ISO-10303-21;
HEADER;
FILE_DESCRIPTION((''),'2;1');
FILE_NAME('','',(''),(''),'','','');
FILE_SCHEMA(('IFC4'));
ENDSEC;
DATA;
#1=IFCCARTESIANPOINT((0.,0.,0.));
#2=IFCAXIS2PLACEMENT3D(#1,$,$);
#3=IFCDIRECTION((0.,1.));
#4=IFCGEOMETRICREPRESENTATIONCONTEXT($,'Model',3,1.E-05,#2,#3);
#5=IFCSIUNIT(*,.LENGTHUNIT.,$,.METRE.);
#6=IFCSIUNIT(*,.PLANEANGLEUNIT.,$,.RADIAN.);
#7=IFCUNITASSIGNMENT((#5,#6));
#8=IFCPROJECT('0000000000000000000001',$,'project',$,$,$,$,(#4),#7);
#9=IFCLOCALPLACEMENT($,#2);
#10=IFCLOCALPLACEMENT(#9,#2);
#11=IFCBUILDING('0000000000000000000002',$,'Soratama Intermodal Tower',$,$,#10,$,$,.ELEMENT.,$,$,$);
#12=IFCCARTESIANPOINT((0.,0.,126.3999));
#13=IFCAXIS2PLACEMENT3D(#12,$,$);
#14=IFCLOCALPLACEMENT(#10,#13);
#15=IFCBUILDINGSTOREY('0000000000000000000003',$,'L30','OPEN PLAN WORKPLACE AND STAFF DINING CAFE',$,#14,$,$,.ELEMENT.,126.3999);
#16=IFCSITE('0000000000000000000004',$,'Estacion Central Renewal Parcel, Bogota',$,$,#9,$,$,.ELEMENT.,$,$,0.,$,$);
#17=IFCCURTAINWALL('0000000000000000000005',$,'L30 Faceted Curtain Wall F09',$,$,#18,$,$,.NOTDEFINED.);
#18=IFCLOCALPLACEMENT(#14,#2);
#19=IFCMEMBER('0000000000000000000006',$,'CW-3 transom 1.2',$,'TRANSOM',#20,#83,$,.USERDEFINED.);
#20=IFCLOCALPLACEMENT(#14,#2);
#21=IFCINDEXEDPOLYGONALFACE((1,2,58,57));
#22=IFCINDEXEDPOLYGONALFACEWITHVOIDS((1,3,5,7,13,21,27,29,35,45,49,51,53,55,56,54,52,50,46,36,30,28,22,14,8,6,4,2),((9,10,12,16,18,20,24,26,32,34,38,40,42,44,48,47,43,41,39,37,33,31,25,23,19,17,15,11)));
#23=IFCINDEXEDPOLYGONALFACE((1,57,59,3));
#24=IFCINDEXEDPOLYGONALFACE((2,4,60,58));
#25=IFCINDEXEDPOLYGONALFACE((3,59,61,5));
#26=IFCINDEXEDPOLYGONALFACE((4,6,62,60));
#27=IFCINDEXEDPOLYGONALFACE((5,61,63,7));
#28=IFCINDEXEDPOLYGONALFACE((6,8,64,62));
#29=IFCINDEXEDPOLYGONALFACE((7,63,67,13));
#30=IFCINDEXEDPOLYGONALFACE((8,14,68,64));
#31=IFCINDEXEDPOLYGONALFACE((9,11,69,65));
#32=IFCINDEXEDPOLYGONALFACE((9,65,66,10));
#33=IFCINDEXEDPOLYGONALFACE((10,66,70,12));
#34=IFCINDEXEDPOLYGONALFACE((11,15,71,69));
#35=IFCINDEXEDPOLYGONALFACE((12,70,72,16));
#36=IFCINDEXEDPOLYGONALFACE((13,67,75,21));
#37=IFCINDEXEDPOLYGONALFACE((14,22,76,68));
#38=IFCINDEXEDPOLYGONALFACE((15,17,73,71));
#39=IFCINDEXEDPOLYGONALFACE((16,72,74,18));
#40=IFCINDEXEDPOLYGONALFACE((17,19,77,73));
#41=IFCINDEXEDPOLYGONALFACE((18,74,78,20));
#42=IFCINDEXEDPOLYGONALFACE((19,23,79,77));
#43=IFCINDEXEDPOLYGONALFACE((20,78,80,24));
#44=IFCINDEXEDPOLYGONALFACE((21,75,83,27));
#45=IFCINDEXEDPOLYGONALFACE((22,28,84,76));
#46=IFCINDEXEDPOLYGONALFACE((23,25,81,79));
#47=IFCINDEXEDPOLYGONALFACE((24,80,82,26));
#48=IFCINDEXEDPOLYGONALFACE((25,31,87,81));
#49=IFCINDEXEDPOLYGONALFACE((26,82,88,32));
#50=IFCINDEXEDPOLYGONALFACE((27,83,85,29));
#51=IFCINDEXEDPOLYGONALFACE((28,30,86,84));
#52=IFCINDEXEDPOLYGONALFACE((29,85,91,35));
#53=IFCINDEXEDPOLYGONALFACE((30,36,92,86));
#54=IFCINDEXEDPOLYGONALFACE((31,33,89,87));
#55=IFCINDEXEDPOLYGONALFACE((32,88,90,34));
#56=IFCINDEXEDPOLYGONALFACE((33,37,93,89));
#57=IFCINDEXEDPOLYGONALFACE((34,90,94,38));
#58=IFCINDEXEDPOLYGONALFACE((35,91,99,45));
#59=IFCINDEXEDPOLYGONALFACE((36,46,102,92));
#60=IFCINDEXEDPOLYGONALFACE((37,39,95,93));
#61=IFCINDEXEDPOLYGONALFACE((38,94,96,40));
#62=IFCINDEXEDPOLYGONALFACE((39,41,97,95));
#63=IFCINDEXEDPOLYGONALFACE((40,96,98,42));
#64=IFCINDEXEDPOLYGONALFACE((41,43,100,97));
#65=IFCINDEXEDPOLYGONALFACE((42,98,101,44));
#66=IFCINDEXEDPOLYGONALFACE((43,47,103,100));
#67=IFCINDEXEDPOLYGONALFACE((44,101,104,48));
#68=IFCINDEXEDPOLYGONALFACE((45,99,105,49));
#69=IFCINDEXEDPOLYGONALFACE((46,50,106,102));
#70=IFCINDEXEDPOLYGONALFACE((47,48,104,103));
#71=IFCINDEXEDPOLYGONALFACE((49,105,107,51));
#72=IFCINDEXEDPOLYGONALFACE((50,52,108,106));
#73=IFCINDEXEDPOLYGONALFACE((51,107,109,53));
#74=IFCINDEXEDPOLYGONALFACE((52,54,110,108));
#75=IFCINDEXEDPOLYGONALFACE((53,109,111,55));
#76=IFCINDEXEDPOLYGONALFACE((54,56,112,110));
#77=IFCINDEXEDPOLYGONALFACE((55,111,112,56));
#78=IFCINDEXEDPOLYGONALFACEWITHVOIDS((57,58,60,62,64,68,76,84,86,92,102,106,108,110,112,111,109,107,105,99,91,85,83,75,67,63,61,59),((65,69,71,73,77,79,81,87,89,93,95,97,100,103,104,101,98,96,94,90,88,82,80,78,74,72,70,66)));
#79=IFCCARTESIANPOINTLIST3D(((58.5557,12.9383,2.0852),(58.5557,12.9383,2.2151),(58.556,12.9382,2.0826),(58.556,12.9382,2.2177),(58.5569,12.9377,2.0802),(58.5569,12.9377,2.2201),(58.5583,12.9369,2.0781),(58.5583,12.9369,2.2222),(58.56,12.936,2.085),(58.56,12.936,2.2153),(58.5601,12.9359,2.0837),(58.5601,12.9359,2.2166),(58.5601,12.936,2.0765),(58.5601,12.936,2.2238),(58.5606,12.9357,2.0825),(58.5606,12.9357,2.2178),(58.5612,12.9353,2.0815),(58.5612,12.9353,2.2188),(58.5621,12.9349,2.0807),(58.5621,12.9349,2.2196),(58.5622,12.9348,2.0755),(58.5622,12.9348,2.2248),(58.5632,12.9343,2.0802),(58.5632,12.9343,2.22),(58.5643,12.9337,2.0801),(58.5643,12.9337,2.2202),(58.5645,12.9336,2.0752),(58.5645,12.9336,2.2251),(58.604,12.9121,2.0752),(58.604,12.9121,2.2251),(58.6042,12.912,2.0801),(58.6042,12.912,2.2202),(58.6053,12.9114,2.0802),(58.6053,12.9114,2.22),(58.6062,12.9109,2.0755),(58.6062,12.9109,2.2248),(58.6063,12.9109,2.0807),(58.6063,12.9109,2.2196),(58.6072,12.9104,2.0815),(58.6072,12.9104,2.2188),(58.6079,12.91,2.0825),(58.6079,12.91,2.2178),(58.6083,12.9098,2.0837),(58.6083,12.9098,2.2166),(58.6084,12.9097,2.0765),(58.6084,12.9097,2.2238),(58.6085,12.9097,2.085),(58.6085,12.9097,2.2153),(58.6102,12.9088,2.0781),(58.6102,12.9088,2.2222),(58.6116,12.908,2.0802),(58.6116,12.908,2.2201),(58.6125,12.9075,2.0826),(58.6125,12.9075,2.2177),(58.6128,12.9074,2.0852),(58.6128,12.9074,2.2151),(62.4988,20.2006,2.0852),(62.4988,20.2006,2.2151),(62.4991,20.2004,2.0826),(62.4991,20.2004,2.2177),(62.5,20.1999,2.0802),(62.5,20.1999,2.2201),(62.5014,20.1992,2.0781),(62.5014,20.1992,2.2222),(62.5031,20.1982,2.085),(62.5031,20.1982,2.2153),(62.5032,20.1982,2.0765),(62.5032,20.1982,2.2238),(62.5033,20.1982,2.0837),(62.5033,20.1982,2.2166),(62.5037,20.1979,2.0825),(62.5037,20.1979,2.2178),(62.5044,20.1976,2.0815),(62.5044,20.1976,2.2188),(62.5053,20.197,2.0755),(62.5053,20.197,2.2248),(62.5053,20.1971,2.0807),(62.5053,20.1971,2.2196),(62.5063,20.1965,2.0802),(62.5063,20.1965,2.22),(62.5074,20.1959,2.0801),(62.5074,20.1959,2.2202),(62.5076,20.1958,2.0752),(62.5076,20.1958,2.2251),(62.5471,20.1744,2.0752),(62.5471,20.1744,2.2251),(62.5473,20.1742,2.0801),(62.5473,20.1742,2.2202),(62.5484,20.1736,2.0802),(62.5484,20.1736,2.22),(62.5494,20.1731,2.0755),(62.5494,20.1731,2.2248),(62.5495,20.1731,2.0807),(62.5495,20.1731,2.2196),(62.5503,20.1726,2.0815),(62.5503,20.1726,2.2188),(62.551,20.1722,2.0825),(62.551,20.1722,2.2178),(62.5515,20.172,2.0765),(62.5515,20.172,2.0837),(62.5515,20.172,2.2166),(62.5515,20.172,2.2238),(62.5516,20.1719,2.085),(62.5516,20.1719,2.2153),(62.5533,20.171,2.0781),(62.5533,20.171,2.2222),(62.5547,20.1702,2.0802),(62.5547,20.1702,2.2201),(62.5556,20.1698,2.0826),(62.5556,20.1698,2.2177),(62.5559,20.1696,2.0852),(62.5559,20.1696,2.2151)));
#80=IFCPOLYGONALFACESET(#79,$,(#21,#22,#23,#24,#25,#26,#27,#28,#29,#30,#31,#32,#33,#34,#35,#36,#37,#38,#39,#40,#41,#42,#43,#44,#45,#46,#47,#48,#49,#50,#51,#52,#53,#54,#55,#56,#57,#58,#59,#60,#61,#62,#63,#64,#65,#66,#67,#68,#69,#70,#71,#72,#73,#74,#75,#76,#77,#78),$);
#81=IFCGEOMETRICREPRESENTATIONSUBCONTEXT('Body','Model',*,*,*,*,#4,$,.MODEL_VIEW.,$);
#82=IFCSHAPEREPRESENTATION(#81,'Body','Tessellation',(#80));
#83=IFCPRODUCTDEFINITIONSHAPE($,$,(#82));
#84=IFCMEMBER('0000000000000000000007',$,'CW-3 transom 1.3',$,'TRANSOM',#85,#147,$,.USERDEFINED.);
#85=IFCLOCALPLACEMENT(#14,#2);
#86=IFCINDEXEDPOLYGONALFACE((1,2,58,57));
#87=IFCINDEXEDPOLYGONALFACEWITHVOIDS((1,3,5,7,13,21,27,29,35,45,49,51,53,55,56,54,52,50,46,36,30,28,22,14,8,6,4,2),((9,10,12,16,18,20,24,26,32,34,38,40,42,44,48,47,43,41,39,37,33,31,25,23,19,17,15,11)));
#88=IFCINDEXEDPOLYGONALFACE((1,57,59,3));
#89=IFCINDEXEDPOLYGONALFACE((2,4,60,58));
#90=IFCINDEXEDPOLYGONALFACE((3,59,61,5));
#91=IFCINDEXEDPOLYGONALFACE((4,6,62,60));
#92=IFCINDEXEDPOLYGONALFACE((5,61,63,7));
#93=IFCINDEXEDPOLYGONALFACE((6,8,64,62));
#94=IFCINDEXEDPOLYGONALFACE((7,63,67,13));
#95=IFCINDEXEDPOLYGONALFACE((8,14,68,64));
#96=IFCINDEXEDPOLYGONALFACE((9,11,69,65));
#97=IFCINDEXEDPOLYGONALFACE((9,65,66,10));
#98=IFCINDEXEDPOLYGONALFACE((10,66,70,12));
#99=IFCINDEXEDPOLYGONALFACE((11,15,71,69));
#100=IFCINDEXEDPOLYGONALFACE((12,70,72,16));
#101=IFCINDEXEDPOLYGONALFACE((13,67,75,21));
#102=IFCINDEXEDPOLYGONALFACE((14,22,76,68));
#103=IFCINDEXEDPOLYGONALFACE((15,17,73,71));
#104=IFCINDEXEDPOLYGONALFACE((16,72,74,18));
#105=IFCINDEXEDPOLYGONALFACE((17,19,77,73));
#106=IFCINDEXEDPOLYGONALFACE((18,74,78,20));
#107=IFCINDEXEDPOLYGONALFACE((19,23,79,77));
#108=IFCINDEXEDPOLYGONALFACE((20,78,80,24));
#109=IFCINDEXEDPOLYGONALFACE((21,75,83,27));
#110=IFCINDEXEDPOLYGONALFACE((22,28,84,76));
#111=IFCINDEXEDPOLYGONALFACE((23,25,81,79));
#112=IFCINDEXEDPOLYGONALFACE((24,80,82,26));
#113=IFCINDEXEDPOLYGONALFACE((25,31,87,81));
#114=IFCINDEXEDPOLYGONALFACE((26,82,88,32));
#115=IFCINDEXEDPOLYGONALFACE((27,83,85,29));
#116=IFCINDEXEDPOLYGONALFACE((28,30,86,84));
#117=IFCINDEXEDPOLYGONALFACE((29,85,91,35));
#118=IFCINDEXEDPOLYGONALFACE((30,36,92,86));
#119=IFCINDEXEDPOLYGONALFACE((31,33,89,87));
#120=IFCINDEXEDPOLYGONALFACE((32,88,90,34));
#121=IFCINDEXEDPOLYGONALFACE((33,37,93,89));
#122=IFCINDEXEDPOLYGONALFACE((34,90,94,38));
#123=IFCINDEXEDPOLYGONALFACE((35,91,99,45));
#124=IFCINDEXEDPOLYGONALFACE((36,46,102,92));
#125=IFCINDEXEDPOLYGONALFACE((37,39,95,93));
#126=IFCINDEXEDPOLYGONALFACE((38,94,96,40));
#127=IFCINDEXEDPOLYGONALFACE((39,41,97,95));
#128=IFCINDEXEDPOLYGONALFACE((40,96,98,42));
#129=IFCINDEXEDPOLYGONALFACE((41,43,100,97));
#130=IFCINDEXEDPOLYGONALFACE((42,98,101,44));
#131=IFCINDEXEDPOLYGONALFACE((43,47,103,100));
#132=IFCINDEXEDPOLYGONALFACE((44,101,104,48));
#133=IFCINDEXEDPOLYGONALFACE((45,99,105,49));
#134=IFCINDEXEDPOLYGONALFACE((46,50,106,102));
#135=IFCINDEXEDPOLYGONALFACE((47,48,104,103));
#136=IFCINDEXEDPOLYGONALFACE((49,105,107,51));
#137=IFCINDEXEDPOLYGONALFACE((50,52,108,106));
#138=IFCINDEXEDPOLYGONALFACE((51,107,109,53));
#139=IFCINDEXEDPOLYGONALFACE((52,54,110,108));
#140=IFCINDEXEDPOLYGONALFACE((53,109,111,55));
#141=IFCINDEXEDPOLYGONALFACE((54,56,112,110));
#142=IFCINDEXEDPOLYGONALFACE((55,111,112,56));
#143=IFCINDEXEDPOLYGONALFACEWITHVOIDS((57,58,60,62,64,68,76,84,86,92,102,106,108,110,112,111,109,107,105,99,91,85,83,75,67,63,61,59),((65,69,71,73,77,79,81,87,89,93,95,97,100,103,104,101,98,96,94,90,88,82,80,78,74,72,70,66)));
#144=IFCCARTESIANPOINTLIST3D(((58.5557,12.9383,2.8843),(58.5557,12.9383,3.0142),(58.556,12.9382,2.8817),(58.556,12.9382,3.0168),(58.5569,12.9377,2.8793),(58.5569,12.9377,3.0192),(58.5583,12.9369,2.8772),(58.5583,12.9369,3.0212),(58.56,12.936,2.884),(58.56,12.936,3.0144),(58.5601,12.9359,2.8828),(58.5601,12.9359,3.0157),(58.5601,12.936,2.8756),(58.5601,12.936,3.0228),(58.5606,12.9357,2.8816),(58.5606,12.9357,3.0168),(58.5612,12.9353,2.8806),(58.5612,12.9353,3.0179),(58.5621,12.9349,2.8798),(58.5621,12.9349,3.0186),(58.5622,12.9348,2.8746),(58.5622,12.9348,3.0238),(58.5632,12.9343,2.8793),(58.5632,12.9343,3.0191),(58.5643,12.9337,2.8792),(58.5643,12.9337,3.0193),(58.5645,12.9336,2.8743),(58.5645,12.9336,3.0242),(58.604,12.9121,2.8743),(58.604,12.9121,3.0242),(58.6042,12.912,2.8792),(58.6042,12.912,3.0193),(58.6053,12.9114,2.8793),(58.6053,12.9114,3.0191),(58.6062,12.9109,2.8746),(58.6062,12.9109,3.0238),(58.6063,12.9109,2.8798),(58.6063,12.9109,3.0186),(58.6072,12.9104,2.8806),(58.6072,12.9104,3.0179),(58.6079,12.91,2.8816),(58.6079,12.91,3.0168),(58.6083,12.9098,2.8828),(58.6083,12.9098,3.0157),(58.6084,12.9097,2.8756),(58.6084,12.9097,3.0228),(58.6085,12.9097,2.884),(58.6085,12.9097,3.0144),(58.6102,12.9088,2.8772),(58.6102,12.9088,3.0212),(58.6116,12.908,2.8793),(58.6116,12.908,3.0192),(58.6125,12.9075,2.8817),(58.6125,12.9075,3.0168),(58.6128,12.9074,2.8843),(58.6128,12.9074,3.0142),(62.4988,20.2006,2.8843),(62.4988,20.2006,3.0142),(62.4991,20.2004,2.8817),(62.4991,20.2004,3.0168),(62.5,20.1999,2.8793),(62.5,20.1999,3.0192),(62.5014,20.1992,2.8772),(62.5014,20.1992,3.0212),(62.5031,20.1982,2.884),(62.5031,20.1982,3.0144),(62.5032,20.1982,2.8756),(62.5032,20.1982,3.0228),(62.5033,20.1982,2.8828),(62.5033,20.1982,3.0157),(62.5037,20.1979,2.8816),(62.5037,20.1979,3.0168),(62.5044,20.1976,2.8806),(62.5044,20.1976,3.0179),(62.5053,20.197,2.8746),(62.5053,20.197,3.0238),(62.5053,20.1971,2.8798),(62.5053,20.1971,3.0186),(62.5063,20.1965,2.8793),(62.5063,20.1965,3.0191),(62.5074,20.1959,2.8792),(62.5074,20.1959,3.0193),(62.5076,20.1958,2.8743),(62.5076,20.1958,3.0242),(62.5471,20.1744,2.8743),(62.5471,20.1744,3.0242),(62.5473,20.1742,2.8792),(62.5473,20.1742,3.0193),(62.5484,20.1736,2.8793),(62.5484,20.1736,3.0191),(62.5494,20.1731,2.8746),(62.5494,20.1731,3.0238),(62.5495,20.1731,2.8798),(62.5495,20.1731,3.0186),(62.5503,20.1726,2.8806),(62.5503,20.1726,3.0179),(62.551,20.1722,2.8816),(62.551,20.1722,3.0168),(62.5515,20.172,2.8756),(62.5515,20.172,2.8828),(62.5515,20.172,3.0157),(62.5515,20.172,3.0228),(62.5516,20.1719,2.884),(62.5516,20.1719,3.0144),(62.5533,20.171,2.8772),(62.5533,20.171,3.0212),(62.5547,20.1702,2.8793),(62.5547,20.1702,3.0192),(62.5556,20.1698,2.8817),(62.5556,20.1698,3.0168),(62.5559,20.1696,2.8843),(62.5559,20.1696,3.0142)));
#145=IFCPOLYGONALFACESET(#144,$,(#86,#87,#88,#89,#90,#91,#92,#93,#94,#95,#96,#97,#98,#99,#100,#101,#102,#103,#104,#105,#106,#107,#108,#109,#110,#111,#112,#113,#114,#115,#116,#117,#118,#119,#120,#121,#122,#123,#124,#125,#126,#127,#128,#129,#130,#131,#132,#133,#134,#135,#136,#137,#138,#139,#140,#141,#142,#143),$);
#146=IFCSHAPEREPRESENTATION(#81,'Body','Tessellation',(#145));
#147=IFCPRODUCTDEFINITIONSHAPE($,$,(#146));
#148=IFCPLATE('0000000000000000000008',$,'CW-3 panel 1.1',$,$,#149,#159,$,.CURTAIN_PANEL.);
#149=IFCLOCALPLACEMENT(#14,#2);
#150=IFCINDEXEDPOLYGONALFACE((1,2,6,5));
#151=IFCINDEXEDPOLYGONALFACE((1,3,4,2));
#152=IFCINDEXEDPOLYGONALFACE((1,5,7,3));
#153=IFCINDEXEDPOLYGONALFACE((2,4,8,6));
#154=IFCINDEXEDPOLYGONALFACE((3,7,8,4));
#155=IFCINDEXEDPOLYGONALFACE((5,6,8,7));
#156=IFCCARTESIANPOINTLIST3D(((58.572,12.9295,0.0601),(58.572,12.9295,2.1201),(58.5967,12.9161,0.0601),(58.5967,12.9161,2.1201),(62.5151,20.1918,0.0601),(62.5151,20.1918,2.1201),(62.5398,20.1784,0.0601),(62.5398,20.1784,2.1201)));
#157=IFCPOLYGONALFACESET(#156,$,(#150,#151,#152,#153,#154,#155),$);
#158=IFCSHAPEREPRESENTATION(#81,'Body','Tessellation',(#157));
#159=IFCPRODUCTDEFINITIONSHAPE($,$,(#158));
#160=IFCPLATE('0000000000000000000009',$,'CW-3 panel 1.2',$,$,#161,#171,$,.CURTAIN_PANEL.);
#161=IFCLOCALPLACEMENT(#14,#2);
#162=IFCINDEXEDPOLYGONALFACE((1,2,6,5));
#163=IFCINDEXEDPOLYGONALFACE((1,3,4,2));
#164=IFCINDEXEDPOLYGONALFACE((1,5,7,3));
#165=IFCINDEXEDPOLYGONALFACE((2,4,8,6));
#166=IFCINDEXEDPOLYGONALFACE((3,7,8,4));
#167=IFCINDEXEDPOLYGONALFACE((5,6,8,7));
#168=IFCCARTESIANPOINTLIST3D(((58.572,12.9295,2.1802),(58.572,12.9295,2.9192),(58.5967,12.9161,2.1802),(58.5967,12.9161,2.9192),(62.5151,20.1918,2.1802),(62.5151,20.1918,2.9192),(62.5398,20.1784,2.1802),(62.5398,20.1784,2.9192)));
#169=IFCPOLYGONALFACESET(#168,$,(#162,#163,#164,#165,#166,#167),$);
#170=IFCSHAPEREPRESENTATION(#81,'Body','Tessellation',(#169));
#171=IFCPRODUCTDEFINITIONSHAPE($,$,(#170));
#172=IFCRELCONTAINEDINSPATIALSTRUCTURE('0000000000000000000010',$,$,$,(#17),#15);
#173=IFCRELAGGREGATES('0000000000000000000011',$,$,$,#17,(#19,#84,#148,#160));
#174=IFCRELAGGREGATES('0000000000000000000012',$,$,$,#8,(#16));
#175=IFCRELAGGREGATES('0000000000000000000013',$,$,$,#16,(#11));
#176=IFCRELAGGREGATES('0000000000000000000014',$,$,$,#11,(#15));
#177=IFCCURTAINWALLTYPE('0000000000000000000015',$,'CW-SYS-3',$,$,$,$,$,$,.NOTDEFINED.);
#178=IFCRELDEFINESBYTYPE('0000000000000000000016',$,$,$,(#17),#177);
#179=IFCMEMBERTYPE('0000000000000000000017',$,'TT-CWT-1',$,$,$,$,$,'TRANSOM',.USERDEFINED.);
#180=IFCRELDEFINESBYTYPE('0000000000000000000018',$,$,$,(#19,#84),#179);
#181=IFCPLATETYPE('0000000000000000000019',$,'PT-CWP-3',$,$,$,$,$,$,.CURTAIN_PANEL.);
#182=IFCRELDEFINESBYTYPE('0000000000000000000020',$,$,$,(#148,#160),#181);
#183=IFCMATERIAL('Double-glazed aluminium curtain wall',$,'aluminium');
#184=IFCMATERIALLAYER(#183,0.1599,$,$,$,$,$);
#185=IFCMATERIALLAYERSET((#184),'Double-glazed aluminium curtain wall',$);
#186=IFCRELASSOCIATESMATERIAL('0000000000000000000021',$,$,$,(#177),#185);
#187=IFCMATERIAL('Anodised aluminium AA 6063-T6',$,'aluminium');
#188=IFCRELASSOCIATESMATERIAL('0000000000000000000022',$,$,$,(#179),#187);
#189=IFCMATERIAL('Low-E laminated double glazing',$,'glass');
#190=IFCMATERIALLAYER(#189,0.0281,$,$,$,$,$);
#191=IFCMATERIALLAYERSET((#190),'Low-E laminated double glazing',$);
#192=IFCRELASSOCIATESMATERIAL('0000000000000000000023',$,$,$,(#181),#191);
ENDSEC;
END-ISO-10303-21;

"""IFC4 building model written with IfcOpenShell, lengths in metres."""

from ifc_helpers import new_model, si_unit, direction, frame, origin, origin_2d, place, context, subcontext, project, spatial, rectangle, hollow_rectangle, extrude, material, layer, layer_set, material_profile, profile_set, type_object, element, aggregate, save


model = new_model("IFC4")

# Units and contexts
model_context = context("Model", 3, precision=1e-05, world=origin(), true_north=direction((0.0, 1.0)))
body_context = subcontext(model_context, "Body", "Model", "MODEL_VIEW")
ifc_project = project(units=[si_unit("LENGTHUNIT", "METRE"), si_unit("PLANEANGLEUNIT", "RADIAN")], contexts=[model_context])

# Site, building, storey
site_placement = place(None, origin())
site = spatial("IfcSite", under=ifc_project, at=site_placement, Name="Estacion Central Renewal Parcel, Bogota", CompositionType="ELEMENT", RefElevation=0.0)
building_placement = place(site_placement, origin())
building = spatial("IfcBuilding", under=site, at=building_placement, Name="Soratama Intermodal Tower", CompositionType="ELEMENT")
storey_placement = place(building_placement, frame((0.0, 0.0, 126.3999)))
storey = spatial("IfcBuildingStorey", under=building, at=storey_placement, Name="L30", Description="OPEN PLAN WORKPLACE AND STAFF DINING CAFE", CompositionType="ELEMENT", Elevation=126.3999)

# Curtain wall, members, plates
ifc_material_1 = material(Name="Double-glazed aluminium curtain wall", Category="aluminium")
ifc_layer_1 = layer(ifc_material_1, 0.1599)
ifc_layer_set_1 = layer_set([ifc_layer_1], Name="Double-glazed aluminium curtain wall")
curtain_wall_type = type_object("IfcCurtainWallType", Name="CW-SYS-3", PredefinedType="NOTDEFINED", material=ifc_layer_set_1)
curtain_wall_placement = place(storey_placement, origin())
curtain_wall = element("IfcCurtainWall", 1, at=curtain_wall_placement, inside=storey, type_object=curtain_wall_type, Name="L30 Faceted Curtain Wall F09", PredefinedType="NOTDEFINED")
ifc_material_2 = material(Name="Anodised aluminium AA 6063-T6", Category="aluminium")
ifc_material_profile_1 = material_profile(ifc_material_2, hollow_rectangle(XDim=0.0649, YDim=0.1499, WallThickness=0.0049, InnerFilletRadius=0.0049, OuterFilletRadius=0.01, at=origin_2d()), Name="CWT150X65X5")
ifc_profile_set_1 = profile_set([ifc_material_profile_1], Name="Anodised aluminium AA 6063-T6")
member_type_1 = type_object("IfcMemberType", Name="TT-CWT-1", ElementType="TRANSOM", PredefinedType="USERDEFINED", material=ifc_profile_set_1)
member_1_placement = place(storey_placement, frame((58.5842, 12.9229, 2.1501), z_axis=(0.477164, 0.878814, 0.0), x_axis=(-0.878814, 0.477164, 0.0)))
member_1 = element("IfcMember", 2, at=member_1_placement, type_object=member_type_1, Name="CW-3 transom 1.2", ObjectType="TRANSOM", PredefinedType="USERDEFINED", context=body_context, shape_type="SweptSolid", body=[
    extrude(hollow_rectangle(XDim=0.0649, YDim=0.1499, WallThickness=0.0049, InnerFilletRadius=0.0049, OuterFilletRadius=0.01, at=origin_2d()), origin(), (0.0, 0.0, 1.0), 8.2637),
])
member_2_placement = place(storey_placement, frame((58.5842, 12.9229, 2.9492), z_axis=(0.477164, 0.878814, 0.0), x_axis=(-0.878814, 0.477164, 0.0)))
member_2 = element("IfcMember", 3, at=member_2_placement, type_object=member_type_1, Name="CW-3 transom 1.3", ObjectType="TRANSOM", PredefinedType="USERDEFINED", context=body_context, shape_type="SweptSolid", body=[
    extrude(hollow_rectangle(XDim=0.0649, YDim=0.1499, WallThickness=0.0049, InnerFilletRadius=0.0049, OuterFilletRadius=0.01, at=origin_2d()), origin(), (0.0, 0.0, 1.0), 8.2637),
])
ifc_material_3 = material(Name="Low-E laminated double glazing", Category="glass")
ifc_layer_2 = layer(ifc_material_3, 0.0281)
ifc_layer_set_2 = layer_set([ifc_layer_2], Name="Low-E laminated double glazing")
plate_type = type_object("IfcPlateType", Name="PT-CWP-3", PredefinedType="CURTAIN_PANEL", material=ifc_layer_set_2)
plate_1_placement = place(storey_placement, frame((60.5559, 16.554, 0.0601), z_axis=(0.0, 0.0, 1.0), x_axis=(0.477161, 0.878816, 0.0)))
plate_1 = element("IfcPlate", 4, at=plate_1_placement, type_object=plate_type, Name="CW-3 panel 1.1", PredefinedType="CURTAIN_PANEL", context=body_context, shape_type="SweptSolid", body=[
    extrude(rectangle(XDim=8.2637, YDim=0.0281, at=origin_2d()), origin(), (0.0, 0.0, 1.0), 2.0601),
])
plate_2_placement = place(storey_placement, frame((60.5559, 16.554, 2.1802), z_axis=(0.0, 0.0, 1.0), x_axis=(0.477161, 0.878816, 0.0)))
plate_2 = element("IfcPlate", 5, at=plate_2_placement, type_object=plate_type, Name="CW-3 panel 1.2", PredefinedType="CURTAIN_PANEL", context=body_context, shape_type="SweptSolid", body=[
    extrude(rectangle(XDim=8.2637, YDim=0.0281, at=origin_2d()), origin(), (0.0, 0.0, 1.0), 0.739),
])
aggregate(curtain_wall, [member_1, member_2, plate_1, plate_2])

save(model, "model.ifc")
